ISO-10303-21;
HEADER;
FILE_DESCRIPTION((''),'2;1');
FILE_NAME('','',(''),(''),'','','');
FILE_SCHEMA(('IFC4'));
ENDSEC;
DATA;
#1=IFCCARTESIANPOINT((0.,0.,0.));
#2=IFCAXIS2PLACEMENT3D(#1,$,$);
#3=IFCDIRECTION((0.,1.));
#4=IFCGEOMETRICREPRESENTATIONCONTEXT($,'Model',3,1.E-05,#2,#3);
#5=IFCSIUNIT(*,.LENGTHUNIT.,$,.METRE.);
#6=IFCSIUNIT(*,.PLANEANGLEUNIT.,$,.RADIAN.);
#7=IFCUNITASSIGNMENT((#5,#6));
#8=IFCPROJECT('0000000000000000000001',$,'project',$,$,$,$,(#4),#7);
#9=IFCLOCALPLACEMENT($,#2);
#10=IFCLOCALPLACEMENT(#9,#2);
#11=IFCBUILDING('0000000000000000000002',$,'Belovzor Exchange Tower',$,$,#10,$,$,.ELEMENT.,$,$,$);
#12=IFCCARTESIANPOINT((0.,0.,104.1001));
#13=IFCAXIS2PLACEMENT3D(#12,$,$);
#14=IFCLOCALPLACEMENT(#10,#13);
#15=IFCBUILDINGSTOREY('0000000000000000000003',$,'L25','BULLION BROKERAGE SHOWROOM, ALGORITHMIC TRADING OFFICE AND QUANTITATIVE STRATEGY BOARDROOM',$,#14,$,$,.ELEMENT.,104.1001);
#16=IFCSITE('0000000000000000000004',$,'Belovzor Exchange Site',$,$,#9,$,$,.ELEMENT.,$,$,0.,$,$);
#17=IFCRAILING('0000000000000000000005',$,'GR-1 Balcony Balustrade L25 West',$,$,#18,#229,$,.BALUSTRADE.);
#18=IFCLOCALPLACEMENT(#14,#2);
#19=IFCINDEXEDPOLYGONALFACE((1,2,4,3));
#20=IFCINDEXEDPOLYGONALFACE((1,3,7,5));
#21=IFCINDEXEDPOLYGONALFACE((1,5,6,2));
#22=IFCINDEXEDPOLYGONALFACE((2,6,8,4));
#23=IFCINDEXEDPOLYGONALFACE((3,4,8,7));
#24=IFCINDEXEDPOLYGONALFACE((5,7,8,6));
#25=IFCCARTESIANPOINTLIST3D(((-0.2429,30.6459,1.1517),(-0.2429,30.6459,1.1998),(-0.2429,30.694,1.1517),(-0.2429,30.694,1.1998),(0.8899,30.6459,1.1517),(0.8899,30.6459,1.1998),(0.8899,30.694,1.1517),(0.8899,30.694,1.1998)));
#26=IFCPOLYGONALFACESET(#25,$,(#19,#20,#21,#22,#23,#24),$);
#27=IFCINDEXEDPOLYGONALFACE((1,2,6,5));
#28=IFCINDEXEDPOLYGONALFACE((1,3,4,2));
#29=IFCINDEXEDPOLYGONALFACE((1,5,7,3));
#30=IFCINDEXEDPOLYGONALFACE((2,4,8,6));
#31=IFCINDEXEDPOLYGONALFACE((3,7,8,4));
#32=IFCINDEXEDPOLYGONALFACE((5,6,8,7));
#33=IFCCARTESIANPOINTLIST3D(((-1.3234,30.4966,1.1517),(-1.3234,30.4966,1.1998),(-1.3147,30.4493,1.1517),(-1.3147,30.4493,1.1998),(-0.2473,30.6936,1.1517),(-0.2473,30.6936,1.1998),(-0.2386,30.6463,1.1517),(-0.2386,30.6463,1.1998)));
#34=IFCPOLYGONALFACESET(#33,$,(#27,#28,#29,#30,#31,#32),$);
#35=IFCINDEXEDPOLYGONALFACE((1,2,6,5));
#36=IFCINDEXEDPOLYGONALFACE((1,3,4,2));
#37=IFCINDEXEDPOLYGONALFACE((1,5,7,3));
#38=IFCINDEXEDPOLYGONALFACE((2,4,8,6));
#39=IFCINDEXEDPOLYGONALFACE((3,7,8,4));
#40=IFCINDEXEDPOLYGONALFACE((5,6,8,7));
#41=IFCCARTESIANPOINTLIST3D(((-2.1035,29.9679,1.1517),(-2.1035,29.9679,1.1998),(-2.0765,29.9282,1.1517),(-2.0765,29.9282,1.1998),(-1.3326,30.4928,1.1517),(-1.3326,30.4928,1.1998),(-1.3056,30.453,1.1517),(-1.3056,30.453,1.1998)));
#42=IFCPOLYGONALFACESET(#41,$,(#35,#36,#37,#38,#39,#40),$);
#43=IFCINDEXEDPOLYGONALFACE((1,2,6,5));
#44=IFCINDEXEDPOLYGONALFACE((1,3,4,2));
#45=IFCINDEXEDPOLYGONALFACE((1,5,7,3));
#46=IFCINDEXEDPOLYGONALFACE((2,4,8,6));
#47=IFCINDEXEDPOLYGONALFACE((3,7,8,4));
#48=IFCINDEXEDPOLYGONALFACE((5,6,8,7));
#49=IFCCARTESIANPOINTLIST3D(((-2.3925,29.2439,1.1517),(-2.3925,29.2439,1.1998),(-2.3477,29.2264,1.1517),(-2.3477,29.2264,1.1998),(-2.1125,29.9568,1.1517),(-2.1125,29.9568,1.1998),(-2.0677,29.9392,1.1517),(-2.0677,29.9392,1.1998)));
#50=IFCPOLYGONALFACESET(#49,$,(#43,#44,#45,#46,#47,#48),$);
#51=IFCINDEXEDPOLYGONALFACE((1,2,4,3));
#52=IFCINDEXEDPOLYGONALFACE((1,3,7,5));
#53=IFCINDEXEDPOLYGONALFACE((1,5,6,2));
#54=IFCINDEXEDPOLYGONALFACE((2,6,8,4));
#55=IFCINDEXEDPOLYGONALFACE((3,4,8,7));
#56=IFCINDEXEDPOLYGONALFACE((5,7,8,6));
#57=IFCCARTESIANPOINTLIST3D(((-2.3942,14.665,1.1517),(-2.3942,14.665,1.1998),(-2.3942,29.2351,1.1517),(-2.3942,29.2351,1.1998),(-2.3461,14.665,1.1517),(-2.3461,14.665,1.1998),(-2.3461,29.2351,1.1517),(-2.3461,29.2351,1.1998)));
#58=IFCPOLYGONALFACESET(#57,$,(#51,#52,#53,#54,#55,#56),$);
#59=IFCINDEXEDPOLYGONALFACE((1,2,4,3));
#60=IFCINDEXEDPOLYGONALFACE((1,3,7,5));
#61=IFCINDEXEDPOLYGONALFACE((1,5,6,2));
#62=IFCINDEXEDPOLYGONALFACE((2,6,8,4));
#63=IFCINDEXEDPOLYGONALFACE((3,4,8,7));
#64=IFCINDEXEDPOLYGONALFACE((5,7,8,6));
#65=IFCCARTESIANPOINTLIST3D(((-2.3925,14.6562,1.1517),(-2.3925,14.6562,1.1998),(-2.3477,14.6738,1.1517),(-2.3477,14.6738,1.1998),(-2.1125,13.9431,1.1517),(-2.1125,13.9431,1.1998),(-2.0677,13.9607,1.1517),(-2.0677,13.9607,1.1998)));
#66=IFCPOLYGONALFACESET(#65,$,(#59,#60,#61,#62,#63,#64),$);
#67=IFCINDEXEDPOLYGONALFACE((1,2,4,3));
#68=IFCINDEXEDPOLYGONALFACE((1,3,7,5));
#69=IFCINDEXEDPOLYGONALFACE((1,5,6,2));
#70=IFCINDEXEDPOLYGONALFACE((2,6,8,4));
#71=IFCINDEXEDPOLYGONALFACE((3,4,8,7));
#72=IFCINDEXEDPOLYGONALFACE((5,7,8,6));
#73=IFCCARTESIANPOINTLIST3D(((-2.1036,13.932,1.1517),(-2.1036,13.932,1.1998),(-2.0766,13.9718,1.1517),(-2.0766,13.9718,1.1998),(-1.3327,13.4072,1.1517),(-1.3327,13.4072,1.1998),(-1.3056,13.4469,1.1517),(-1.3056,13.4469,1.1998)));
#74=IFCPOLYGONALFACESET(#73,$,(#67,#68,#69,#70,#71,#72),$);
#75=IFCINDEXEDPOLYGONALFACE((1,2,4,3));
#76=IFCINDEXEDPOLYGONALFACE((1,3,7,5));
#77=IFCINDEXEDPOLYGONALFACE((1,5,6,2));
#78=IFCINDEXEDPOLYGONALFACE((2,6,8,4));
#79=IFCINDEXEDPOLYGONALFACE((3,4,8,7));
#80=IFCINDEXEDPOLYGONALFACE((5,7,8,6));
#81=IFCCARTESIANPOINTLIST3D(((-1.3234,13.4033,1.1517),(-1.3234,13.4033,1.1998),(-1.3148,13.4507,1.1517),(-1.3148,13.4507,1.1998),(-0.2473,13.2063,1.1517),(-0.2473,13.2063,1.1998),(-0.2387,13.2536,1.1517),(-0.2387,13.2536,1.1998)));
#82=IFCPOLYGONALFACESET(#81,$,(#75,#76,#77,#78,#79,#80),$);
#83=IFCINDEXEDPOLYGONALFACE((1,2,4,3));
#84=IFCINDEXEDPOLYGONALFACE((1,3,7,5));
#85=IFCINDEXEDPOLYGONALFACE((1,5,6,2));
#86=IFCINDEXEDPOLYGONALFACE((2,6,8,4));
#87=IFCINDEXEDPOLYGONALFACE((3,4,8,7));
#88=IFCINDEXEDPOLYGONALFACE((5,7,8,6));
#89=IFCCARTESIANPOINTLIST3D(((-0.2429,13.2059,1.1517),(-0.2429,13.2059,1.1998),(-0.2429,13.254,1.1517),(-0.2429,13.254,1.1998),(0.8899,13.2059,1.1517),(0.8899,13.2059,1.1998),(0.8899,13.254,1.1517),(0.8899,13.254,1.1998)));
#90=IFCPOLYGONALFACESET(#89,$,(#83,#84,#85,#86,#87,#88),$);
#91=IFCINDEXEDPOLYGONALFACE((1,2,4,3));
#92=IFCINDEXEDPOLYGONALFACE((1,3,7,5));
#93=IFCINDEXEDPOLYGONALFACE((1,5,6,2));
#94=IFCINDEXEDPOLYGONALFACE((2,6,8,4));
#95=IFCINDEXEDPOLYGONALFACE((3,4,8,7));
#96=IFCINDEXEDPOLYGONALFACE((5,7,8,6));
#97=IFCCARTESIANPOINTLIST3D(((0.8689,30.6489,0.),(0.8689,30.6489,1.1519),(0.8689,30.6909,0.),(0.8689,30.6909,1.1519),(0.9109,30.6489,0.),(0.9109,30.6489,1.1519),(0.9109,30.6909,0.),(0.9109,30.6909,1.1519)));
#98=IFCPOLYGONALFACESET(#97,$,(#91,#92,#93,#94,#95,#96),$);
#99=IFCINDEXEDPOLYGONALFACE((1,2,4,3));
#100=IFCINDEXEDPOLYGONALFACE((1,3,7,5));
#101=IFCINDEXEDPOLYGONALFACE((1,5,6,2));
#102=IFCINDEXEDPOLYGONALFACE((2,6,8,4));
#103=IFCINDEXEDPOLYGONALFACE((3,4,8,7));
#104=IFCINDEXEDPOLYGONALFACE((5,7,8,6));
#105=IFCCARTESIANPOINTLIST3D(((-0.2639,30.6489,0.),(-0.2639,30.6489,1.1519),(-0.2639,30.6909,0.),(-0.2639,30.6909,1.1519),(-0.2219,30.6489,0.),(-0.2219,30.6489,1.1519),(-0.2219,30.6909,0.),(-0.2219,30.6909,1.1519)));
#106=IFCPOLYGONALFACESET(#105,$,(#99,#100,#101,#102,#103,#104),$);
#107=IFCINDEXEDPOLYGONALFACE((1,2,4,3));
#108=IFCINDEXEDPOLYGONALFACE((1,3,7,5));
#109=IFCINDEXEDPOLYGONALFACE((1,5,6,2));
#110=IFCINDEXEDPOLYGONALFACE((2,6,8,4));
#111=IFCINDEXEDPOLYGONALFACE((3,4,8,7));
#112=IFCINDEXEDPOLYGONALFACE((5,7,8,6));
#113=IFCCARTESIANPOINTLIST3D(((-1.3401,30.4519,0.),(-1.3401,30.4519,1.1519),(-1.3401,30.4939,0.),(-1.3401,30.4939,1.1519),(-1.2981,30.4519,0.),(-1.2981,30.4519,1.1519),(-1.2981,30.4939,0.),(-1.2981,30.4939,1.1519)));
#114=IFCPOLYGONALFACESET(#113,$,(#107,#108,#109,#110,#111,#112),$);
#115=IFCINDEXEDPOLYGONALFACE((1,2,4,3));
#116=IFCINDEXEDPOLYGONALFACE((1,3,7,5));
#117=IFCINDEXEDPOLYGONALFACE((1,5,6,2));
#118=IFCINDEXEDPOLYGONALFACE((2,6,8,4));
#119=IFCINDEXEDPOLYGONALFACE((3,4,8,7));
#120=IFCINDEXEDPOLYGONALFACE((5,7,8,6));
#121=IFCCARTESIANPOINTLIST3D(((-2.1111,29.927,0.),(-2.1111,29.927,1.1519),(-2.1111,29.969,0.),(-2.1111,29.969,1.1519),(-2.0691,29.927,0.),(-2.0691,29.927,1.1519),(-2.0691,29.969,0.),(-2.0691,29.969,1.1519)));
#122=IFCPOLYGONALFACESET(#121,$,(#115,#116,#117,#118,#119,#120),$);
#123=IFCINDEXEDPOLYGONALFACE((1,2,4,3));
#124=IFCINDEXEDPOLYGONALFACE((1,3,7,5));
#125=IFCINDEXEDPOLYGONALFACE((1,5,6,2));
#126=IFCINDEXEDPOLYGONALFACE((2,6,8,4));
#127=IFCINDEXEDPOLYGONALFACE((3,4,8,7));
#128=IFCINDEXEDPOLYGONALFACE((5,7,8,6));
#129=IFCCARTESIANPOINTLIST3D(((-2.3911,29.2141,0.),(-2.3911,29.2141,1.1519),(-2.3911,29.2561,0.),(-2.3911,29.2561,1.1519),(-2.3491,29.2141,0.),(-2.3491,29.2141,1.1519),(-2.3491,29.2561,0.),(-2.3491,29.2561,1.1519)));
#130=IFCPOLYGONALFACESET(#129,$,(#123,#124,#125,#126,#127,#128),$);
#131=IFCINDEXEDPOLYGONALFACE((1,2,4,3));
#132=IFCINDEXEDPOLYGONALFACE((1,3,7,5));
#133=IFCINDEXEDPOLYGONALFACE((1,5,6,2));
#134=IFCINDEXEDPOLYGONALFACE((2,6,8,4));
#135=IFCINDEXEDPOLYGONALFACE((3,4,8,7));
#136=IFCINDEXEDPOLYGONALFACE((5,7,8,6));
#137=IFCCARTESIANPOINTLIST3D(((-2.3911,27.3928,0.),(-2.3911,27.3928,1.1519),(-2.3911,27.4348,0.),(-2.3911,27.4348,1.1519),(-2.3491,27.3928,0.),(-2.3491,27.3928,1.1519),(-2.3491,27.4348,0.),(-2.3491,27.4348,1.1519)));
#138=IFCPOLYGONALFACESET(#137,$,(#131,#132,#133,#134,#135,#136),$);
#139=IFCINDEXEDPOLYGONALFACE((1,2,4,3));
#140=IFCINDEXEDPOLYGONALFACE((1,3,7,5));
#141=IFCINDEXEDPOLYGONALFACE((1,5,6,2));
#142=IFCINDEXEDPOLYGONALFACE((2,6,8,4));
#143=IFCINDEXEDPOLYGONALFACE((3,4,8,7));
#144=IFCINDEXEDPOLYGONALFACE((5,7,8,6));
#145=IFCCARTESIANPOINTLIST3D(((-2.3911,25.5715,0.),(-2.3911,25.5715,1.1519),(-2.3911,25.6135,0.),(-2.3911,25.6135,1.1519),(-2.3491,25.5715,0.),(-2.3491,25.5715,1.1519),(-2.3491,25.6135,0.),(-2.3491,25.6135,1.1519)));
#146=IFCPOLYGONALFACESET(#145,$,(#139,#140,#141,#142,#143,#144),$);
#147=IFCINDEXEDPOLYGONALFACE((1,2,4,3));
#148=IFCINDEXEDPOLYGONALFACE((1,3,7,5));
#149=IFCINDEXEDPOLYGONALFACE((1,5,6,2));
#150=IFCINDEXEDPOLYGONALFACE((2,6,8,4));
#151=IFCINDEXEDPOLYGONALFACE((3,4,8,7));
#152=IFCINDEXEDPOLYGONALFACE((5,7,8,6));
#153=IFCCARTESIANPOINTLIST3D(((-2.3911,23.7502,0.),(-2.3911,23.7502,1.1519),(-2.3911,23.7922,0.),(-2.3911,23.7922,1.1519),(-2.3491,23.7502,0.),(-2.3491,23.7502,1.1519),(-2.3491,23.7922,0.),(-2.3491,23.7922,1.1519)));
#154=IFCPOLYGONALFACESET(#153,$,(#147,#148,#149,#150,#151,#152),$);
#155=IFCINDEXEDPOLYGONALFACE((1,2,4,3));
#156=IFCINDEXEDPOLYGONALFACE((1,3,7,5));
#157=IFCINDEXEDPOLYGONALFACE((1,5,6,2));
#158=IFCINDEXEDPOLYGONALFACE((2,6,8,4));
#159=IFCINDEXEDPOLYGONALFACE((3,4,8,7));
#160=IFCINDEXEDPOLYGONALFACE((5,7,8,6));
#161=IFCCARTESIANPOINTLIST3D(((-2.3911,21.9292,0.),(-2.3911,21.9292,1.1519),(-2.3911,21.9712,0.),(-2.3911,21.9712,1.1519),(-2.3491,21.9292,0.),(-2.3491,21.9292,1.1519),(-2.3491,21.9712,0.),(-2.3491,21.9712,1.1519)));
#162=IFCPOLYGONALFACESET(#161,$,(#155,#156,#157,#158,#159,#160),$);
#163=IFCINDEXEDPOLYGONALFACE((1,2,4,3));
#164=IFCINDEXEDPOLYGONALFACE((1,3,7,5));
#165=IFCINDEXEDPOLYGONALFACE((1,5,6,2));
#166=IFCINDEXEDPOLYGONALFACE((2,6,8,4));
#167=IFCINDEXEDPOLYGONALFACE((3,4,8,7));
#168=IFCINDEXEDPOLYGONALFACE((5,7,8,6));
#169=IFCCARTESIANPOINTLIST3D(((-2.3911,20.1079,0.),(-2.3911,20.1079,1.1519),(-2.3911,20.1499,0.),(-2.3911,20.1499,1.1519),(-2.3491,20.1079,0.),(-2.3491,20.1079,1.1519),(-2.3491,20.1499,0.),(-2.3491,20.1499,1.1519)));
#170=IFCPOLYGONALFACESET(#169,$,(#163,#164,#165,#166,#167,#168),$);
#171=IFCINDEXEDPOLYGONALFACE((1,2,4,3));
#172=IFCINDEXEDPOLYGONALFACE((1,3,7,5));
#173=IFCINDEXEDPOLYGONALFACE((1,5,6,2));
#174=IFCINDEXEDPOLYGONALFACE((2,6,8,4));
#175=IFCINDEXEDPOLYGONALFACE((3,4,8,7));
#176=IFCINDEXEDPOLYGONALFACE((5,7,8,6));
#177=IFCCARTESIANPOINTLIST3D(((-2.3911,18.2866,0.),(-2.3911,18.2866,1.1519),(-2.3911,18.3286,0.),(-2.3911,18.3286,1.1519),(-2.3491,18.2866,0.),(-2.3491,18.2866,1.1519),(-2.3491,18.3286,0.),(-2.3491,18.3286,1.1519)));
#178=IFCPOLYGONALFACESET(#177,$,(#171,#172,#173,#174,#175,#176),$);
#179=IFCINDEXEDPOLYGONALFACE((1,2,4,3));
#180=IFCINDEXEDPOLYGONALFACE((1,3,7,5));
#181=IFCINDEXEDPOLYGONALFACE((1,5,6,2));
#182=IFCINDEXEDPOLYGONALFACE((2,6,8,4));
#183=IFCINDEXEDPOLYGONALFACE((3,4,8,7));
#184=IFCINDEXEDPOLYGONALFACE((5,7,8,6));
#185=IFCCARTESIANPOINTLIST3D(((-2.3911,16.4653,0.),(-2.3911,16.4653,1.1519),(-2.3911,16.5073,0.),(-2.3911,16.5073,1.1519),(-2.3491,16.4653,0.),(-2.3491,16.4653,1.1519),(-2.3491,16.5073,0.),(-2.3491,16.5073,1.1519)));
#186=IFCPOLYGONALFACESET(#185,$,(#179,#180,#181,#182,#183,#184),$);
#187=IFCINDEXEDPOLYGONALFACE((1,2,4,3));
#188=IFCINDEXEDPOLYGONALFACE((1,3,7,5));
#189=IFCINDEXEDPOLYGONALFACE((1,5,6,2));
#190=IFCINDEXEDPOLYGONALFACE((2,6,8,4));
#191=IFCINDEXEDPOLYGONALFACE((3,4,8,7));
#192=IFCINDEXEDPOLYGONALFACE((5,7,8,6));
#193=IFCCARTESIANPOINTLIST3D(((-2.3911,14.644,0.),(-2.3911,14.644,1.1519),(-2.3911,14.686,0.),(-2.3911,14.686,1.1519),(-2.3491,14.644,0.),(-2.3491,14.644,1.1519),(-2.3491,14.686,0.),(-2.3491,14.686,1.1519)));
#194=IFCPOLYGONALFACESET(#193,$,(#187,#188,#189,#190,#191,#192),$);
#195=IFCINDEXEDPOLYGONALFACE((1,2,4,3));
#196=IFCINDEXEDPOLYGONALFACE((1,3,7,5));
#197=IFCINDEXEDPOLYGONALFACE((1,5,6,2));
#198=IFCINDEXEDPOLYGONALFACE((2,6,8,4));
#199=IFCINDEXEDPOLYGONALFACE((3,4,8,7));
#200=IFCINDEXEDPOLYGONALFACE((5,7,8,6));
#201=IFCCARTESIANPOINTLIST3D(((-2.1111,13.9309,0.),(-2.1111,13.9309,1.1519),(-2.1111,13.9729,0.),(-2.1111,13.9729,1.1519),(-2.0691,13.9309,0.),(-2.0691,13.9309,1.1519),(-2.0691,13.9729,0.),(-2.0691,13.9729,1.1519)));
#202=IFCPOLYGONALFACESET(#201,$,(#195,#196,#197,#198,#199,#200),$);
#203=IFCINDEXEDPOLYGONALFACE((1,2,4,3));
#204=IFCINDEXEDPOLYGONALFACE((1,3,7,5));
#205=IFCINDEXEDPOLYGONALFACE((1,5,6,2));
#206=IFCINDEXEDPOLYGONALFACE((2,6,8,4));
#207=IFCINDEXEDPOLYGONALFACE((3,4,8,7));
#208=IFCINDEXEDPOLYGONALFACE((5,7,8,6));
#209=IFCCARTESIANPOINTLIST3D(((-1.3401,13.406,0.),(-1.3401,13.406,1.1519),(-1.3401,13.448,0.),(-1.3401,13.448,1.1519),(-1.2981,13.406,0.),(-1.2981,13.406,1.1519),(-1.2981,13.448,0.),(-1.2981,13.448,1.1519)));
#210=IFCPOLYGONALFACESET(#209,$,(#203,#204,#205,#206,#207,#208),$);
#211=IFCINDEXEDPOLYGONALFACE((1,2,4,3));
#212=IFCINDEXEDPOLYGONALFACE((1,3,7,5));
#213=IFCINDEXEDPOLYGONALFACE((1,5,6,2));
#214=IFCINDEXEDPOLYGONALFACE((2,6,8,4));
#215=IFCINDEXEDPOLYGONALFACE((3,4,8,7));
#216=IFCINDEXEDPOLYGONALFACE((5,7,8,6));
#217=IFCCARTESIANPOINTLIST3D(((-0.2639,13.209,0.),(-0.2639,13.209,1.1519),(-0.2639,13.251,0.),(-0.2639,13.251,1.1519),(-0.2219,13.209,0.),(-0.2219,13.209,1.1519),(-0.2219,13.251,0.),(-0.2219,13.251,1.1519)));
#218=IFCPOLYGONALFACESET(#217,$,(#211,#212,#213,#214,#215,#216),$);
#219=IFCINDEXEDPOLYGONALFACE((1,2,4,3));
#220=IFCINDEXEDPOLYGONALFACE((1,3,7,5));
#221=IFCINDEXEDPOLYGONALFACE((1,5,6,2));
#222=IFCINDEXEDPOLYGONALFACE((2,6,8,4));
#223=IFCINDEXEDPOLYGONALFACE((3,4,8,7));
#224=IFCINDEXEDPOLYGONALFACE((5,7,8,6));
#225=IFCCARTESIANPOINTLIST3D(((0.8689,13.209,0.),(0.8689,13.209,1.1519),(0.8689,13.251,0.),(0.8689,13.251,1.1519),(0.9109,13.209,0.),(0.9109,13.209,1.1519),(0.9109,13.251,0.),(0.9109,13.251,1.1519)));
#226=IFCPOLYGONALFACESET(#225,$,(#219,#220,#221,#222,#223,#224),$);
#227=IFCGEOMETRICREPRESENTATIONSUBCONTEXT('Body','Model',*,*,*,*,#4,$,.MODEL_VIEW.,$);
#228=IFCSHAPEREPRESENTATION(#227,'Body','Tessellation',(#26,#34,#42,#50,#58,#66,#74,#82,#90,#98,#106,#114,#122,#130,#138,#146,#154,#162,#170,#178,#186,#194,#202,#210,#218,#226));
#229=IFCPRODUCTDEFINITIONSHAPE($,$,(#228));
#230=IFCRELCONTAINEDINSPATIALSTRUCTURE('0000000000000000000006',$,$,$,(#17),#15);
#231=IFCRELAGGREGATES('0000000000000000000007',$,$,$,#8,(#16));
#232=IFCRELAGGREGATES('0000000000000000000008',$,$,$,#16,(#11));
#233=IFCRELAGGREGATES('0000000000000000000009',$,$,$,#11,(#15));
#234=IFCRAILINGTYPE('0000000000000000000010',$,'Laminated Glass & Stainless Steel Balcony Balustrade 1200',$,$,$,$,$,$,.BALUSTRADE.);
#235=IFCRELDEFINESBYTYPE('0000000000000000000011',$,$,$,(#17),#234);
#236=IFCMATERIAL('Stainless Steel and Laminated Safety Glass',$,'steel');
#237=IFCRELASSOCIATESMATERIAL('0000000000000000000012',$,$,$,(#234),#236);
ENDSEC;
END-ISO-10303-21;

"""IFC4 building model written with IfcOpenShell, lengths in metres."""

from ifc_helpers import new_model, si_unit, direction, frame, origin, origin_2d, place, context, subcontext, project, spatial, rectangle, extrude, material, type_object, element, save


model = new_model("IFC4")

# Units and contexts
model_context = context("Model", 3, precision=1e-05, world=origin(), true_north=direction((0.0, 1.0)))
body_context = subcontext(model_context, "Body", "Model", "MODEL_VIEW")
ifc_project = project(units=[si_unit("LENGTHUNIT", "METRE"), si_unit("PLANEANGLEUNIT", "RADIAN")], contexts=[model_context])

# Site, building, storey
site_placement = place(None, origin())
site = spatial("IfcSite", under=ifc_project, at=site_placement, Name="Belovzor Exchange Site", CompositionType="ELEMENT", RefElevation=0.0)
building_placement = place(site_placement, origin())
building = spatial("IfcBuilding", under=site, at=building_placement, Name="Belovzor Exchange Tower", CompositionType="ELEMENT")
storey_placement = place(building_placement, frame((0.0, 0.0, 104.1001)))
storey = spatial("IfcBuildingStorey", under=building, at=storey_placement, Name="L25", Description="BULLION BROKERAGE SHOWROOM, ALGORITHMIC TRADING OFFICE AND QUANTITATIVE STRATEGY BOARDROOM", CompositionType="ELEMENT", Elevation=104.1001)

# Railing
ifc_material_1 = material(Name="Stainless Steel and Laminated Safety Glass", Category="steel")
railing_type = type_object("IfcRailingType", Name="Laminated Glass & Stainless Steel Balcony Balustrade 1200", PredefinedType="BALUSTRADE", material=ifc_material_1)
railing_placement = place(storey_placement, frame((0.8899, 30.6699, 0.0)))
element("IfcRailing", 1, at=railing_placement, inside=storey, type_object=railing_type, Name="GR-1 Balcony Balustrade L25 West", PredefinedType="BALUSTRADE", context=body_context, shape_type="SweptSolid", body=[
    extrude(rectangle(XDim=0.0481, YDim=0.0481, at=origin_2d()), frame((0.0, 0.0, 1.1758), z_axis=(-1.0, 0.0, 0.0), x_axis=(0.0, -1.0, 0.0)), (0.0, 0.0, 1.0), 1.1328),
    extrude(rectangle(XDim=0.0481, YDim=0.0481, at=origin_2d()), frame((-1.1328, 0.0, 1.1758), z_axis=(-0.983651, -0.180083, 0.0), x_axis=(0.180083, -0.983651, 0.0)), (0.0, 0.0, 1.0), 1.094),
    extrude(rectangle(XDim=0.0481, YDim=0.0481, at=origin_2d()), frame((-2.209, -0.197, 1.1758), z_axis=(-0.826615, -0.562768, 0.0), x_axis=(0.562768, -0.826615, 0.0)), (0.0, 0.0, 1.0), 0.9326),
    extrude(rectangle(XDim=0.0481, YDim=0.0481, at=origin_2d()), frame((-2.98, -0.7219, 1.1758), z_axis=(-0.365613, -0.930767, 0.0), x_axis=(0.930767, -0.365613, 0.0)), (0.0, 0.0, 1.0), 0.7659),
    extrude(rectangle(XDim=0.0481, YDim=0.0481, at=origin_2d()), frame((-3.26, -1.4348, 1.1758), z_axis=(0.0, -1.0, 0.0), x_axis=(1.0, 0.0, 0.0)), (0.0, 0.0, 1.0), 14.5701),
    extrude(rectangle(XDim=0.0481, YDim=0.0481, at=origin_2d()), frame((-3.26, -16.0049, 1.1758), z_axis=(0.365504, -0.93081, 0.0), x_axis=(0.93081, 0.365504, 0.0)), (0.0, 0.0, 1.0), 0.7661),
    extrude(rectangle(XDim=0.0481, YDim=0.0481, at=origin_2d()), frame((-2.98, -16.718, 1.1758), z_axis=(0.826615, -0.562768, 0.0), x_axis=(0.562768, 0.826615, 0.0)), (0.0, 0.0, 1.0), 0.9326),
    extrude(rectangle(XDim=0.0481, YDim=0.0481, at=origin_2d()), frame((-2.209, -17.2429, 1.1758), z_axis=(0.983651, -0.180083, 0.0), x_axis=(0.180083, 0.983651, 0.0)), (0.0, 0.0, 1.0), 1.094),
    extrude(rectangle(XDim=0.0481, YDim=0.0481, at=origin_2d()), frame((-1.1328, -17.4399, 1.1758), z_axis=(1.0, 0.0, 0.0), x_axis=(0.0, 1.0, 0.0)), (0.0, 0.0, 1.0), 1.1328),
    extrude(rectangle(XDim=0.042, YDim=0.042, at=origin_2d()), origin(), (0.0, 0.0, 1.0), 1.1519),
    extrude(rectangle(XDim=0.042, YDim=0.042, at=origin_2d()), frame((-1.1328, 0.0, 0.0)), (0.0, 0.0, 1.0), 1.1519),
    extrude(rectangle(XDim=0.042, YDim=0.042, at=origin_2d()), frame((-2.209, -0.197, 0.0)), (0.0, 0.0, 1.0), 1.1519),
    extrude(rectangle(XDim=0.042, YDim=0.042, at=origin_2d()), frame((-2.98, -0.7219, 0.0)), (0.0, 0.0, 1.0), 1.1519),
    extrude(rectangle(XDim=0.042, YDim=0.042, at=origin_2d()), frame((-3.26, -1.4348, 0.0)), (0.0, 0.0, 1.0), 1.1519),
    extrude(rectangle(XDim=0.042, YDim=0.042, at=origin_2d()), frame((-3.26, -3.2561, 0.0)), (0.0, 0.0, 1.0), 1.1519),
    extrude(rectangle(XDim=0.042, YDim=0.042, at=origin_2d()), frame((-3.26, -5.0774, 0.0)), (0.0, 0.0, 1.0), 1.1519),
    extrude(rectangle(XDim=0.042, YDim=0.042, at=origin_2d()), frame((-3.26, -6.8987, 0.0)), (0.0, 0.0, 1.0), 1.1519),
    extrude(rectangle(XDim=0.042, YDim=0.042, at=origin_2d()), frame((-3.26, -8.7197, 0.0)), (0.0, 0.0, 1.0), 1.1519),
    extrude(rectangle(XDim=0.042, YDim=0.042, at=origin_2d()), frame((-3.26, -10.541, 0.0)), (0.0, 0.0, 1.0), 1.1519),
    extrude(rectangle(XDim=0.042, YDim=0.042, at=origin_2d()), frame((-3.26, -12.3623, 0.0)), (0.0, 0.0, 1.0), 1.1519),
    extrude(rectangle(XDim=0.042, YDim=0.042, at=origin_2d()), frame((-3.26, -14.1836, 0.0)), (0.0, 0.0, 1.0), 1.1519),
    extrude(rectangle(XDim=0.042, YDim=0.042, at=origin_2d()), frame((-3.26, -16.0049, 0.0)), (0.0, 0.0, 1.0), 1.1519),
    extrude(rectangle(XDim=0.042, YDim=0.042, at=origin_2d()), frame((-2.98, -16.718, 0.0)), (0.0, 0.0, 1.0), 1.1519),
    extrude(rectangle(XDim=0.042, YDim=0.042, at=origin_2d()), frame((-2.209, -17.2429, 0.0)), (0.0, 0.0, 1.0), 1.1519),
    extrude(rectangle(XDim=0.042, YDim=0.042, at=origin_2d()), frame((-1.1328, -17.4399, 0.0)), (0.0, 0.0, 1.0), 1.1519),
    extrude(rectangle(XDim=0.042, YDim=0.042, at=origin_2d()), frame((0.0, -17.4399, 0.0)), (0.0, 0.0, 1.0), 1.1519),
])

save(model, "model.ifc")
